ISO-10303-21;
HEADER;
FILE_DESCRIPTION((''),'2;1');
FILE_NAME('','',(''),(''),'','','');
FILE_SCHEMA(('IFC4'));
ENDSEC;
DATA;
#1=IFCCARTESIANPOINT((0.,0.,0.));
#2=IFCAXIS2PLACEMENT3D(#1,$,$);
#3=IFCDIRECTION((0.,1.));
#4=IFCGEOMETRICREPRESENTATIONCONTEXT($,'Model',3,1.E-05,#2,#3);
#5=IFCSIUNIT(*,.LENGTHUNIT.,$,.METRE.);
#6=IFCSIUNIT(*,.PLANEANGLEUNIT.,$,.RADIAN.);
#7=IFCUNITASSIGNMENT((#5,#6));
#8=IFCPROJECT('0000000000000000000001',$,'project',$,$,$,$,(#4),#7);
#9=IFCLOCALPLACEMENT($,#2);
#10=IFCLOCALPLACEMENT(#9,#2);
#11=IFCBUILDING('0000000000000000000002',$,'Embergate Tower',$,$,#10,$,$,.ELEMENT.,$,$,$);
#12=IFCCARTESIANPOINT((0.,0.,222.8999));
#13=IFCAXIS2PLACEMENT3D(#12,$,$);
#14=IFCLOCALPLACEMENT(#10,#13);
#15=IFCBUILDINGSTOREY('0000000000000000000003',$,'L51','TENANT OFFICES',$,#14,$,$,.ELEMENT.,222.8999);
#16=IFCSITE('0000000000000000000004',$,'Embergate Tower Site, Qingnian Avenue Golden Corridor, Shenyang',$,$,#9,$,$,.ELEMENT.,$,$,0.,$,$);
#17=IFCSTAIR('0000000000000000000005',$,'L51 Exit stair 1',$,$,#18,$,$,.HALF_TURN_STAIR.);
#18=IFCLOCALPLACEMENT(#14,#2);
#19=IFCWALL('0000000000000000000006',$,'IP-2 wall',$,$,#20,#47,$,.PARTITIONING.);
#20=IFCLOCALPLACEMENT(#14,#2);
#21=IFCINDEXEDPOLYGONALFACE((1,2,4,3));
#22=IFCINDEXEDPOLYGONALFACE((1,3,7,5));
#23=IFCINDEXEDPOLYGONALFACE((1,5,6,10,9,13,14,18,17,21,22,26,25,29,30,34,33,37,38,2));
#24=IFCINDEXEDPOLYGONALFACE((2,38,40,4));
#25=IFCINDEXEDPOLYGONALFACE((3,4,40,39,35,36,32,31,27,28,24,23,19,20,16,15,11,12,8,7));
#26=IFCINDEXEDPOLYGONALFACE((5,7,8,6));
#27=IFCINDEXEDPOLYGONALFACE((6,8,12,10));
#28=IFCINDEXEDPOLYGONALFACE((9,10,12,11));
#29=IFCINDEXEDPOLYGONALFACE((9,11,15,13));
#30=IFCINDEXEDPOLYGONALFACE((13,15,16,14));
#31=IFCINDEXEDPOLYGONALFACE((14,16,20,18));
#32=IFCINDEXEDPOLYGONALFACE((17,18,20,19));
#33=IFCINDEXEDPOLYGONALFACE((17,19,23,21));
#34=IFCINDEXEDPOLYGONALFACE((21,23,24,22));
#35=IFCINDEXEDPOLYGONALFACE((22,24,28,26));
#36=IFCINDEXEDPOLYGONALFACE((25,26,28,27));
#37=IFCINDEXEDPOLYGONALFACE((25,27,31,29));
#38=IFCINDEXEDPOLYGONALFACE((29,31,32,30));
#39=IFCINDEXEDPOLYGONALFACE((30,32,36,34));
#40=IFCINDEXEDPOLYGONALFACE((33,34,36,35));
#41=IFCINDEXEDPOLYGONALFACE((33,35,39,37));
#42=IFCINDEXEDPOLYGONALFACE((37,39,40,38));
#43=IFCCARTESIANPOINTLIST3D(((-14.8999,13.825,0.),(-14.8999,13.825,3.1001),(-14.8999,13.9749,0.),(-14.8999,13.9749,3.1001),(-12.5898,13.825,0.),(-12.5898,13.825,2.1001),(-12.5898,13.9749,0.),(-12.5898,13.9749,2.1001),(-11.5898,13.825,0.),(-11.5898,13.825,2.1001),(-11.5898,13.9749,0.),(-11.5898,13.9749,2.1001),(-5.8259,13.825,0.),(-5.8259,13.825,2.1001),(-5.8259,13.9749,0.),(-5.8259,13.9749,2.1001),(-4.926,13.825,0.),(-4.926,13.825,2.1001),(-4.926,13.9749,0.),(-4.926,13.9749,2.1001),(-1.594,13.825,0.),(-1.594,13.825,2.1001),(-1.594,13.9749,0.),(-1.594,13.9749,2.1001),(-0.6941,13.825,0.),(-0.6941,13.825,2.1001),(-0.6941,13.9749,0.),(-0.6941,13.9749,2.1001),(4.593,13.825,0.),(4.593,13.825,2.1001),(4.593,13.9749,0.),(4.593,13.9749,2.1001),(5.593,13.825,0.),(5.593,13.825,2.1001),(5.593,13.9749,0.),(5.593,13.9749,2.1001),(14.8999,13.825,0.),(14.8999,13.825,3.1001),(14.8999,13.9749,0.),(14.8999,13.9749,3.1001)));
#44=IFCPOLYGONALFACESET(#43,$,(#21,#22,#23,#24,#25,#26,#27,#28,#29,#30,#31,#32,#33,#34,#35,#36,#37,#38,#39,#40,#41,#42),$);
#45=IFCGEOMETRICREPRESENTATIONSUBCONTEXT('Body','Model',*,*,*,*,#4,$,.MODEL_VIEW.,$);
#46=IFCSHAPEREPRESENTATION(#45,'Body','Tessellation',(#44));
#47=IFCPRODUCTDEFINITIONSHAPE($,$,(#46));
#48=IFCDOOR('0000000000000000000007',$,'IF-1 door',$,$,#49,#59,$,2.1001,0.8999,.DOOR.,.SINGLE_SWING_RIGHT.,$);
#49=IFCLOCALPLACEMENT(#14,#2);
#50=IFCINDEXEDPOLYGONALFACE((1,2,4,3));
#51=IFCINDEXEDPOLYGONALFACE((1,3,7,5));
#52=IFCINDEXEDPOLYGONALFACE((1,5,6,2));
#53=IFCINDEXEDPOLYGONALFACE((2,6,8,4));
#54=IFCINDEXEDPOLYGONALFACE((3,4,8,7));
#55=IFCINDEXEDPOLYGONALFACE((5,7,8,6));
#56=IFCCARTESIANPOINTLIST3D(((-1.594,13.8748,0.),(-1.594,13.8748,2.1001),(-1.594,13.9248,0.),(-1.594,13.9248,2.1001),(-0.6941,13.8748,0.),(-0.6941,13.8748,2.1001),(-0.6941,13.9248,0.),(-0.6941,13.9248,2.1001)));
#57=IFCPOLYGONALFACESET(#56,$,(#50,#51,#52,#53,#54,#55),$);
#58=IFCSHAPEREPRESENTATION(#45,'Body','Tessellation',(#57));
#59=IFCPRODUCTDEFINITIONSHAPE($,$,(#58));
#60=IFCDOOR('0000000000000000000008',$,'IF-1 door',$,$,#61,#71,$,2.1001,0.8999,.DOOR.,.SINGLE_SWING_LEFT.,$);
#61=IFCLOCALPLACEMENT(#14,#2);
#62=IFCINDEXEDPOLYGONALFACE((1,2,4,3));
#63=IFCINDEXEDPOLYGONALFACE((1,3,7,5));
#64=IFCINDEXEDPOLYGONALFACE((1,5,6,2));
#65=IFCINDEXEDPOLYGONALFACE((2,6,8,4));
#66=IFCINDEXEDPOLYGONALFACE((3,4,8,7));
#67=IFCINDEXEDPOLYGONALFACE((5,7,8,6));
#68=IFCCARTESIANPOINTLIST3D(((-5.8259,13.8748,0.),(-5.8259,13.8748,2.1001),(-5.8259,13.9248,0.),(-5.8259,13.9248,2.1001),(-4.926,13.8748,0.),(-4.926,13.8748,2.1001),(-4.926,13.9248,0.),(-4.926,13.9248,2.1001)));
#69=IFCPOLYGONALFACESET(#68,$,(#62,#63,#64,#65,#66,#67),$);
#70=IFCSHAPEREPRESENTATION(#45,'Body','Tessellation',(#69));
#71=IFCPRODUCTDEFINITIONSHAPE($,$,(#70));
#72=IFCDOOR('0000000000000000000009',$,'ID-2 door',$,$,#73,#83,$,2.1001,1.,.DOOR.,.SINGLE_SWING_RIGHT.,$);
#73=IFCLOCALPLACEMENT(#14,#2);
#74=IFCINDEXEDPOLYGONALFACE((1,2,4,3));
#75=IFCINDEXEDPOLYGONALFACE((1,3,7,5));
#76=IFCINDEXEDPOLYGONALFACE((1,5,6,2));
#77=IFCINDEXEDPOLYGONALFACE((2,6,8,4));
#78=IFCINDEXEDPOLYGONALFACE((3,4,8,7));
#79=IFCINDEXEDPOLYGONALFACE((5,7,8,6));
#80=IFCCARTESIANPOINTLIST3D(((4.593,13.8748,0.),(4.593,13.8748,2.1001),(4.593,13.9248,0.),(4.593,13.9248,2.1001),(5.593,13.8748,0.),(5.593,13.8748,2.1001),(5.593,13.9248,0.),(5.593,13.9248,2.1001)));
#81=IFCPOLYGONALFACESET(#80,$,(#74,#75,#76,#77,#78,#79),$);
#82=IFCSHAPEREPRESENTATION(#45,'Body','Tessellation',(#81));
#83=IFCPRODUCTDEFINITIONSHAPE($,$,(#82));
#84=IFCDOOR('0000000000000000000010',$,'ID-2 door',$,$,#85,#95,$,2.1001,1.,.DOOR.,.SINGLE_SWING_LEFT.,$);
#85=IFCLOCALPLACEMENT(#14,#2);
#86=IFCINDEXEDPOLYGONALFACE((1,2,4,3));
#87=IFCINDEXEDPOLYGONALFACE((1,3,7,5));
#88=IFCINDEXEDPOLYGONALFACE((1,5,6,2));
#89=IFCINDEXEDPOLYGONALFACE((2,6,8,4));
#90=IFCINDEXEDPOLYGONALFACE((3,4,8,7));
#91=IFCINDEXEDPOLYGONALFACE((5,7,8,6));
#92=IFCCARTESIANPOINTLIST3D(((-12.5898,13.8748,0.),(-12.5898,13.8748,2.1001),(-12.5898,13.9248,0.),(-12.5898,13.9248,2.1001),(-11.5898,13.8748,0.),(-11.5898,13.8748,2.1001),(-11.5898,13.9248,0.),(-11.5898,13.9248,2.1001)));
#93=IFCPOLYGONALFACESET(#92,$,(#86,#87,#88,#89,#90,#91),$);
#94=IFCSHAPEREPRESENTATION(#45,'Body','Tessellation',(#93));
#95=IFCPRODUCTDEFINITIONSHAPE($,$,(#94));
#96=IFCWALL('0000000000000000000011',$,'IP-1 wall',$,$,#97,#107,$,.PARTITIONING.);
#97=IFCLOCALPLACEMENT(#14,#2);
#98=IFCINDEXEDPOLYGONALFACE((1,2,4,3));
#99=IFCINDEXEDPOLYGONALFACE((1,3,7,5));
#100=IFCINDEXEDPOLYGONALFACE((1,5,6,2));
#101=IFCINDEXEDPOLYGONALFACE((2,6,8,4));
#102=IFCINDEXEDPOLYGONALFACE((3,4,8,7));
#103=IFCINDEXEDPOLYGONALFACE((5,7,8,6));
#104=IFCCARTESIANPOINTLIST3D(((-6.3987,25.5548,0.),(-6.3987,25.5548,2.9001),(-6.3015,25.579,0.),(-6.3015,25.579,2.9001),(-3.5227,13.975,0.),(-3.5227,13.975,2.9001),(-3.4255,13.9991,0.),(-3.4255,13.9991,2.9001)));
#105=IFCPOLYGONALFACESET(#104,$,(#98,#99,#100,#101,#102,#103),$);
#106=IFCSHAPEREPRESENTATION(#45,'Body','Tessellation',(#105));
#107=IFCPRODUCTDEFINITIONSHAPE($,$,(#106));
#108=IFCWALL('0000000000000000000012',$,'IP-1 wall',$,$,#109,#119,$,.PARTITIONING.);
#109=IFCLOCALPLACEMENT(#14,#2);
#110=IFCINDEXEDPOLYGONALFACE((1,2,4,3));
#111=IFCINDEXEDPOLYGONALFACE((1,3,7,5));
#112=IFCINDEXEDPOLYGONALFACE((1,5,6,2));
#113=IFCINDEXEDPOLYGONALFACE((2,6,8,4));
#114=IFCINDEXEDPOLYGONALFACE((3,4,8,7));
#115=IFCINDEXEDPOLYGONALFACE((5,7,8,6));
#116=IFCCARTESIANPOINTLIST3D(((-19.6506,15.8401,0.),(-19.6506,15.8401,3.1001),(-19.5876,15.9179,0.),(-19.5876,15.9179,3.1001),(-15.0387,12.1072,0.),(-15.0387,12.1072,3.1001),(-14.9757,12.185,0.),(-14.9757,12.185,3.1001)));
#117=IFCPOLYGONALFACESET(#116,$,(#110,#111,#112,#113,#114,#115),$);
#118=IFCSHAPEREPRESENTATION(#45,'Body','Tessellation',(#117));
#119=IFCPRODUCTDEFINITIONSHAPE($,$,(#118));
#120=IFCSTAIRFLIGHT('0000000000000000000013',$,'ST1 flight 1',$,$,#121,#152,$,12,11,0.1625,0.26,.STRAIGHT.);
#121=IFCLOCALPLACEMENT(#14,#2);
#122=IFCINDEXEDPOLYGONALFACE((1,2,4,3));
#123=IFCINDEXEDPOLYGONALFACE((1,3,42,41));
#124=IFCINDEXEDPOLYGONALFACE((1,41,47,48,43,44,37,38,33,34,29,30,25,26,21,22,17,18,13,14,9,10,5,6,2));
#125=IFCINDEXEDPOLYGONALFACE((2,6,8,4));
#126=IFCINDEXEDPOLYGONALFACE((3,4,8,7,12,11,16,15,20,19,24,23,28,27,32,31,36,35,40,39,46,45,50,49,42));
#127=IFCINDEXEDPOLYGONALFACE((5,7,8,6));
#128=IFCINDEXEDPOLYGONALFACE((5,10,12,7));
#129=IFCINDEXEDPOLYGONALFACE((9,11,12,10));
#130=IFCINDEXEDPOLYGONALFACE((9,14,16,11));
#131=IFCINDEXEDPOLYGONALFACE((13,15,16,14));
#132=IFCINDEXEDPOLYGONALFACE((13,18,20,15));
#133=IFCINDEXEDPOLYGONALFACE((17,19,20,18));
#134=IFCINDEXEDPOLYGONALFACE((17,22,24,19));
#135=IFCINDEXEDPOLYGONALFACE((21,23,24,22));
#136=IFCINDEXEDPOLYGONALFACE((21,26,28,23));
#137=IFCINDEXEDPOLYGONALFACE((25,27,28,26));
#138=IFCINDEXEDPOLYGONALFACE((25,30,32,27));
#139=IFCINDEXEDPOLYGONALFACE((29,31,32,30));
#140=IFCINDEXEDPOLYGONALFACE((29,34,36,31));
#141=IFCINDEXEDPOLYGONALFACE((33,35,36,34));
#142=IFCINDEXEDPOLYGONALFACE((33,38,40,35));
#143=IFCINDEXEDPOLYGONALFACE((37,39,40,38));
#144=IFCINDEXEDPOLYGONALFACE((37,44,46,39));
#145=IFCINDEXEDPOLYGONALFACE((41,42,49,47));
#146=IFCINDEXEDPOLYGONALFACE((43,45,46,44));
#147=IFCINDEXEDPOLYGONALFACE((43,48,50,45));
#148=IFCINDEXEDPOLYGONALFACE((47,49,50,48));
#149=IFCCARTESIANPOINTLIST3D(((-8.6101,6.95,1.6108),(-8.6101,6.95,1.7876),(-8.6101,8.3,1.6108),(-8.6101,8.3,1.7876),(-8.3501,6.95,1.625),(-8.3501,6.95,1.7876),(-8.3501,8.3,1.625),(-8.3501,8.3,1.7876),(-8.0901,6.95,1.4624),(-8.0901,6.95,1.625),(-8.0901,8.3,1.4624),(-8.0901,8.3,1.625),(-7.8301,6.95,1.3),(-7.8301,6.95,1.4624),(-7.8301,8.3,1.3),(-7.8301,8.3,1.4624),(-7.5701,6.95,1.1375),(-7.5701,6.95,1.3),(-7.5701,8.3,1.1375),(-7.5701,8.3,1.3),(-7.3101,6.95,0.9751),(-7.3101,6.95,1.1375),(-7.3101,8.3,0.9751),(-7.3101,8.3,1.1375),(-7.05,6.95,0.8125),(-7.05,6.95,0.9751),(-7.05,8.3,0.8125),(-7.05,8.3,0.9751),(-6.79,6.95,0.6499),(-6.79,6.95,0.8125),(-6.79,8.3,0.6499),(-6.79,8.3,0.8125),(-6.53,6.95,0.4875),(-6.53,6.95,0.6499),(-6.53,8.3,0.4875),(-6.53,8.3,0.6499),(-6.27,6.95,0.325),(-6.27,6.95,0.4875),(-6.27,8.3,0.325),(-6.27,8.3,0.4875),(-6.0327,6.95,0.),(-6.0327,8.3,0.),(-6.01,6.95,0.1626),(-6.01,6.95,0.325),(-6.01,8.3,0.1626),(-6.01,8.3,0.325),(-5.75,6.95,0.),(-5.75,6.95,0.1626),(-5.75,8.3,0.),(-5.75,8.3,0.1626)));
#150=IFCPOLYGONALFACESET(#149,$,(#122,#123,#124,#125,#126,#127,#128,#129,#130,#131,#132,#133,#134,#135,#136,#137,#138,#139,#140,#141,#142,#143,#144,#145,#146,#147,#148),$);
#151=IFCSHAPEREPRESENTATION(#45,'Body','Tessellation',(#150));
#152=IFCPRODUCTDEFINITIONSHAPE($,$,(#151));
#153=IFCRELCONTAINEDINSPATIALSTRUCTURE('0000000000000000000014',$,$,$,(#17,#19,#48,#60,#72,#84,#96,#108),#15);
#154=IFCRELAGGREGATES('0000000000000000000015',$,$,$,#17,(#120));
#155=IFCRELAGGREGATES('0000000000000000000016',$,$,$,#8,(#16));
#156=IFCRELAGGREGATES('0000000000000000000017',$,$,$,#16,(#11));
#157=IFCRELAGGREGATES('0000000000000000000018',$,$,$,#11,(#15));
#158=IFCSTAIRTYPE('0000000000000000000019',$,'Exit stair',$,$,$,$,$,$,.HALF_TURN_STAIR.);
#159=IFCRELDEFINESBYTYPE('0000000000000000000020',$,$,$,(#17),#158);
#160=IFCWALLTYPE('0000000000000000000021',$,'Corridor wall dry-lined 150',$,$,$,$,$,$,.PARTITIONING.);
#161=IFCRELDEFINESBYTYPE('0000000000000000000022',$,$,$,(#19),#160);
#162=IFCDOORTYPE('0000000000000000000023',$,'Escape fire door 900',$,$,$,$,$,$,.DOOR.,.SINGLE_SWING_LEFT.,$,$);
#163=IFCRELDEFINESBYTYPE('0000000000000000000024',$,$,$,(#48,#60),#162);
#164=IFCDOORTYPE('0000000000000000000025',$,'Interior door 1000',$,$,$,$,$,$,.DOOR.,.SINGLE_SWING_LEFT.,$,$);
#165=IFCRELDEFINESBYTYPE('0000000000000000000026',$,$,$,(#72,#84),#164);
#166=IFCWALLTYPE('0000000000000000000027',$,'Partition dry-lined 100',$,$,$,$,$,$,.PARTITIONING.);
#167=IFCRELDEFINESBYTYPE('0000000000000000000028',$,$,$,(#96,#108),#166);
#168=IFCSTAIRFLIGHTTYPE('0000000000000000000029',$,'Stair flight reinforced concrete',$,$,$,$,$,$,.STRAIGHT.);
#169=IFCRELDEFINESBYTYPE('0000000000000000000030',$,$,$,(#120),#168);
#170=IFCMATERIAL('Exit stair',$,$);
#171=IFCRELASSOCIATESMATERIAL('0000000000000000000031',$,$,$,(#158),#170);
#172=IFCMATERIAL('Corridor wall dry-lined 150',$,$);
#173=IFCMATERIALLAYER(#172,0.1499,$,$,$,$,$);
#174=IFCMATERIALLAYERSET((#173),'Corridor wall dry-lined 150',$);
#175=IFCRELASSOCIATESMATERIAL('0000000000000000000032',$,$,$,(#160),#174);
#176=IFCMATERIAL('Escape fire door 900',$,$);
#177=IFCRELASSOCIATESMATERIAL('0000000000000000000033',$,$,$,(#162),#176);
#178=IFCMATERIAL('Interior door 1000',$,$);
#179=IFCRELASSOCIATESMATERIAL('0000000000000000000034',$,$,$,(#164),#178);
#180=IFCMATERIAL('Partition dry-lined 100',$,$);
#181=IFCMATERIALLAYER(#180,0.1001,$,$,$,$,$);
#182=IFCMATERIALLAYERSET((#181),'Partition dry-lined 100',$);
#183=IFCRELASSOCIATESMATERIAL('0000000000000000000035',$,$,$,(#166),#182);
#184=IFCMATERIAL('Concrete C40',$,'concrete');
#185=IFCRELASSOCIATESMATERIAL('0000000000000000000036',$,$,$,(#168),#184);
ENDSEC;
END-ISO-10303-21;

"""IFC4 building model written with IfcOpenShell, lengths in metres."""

from ifc_helpers import new_model, si_unit, direction, frame, frame_2d, origin, place, context, subcontext, project, spatial, polyline, rectangle, outline, extrude, source, transform, mapped, material, layer, layer_set, type_object, element, fill, aggregate, save


model = new_model("IFC4")

# Units and contexts
model_context = context("Model", 3, precision=1e-05, world=origin(), true_north=direction((0.0, 1.0)))
body_context = subcontext(model_context, "Body", "Model", "MODEL_VIEW")
ifc_project = project(units=[si_unit("LENGTHUNIT", "METRE"), si_unit("PLANEANGLEUNIT", "RADIAN")], contexts=[model_context])

# Site, building, storey
site_placement = place(None, origin())
site = spatial("IfcSite", under=ifc_project, at=site_placement, Name="Embergate Tower Site, Qingnian Avenue Golden Corridor, Shenyang", CompositionType="ELEMENT", RefElevation=0.0)
building_placement = place(site_placement, origin())
building = spatial("IfcBuilding", under=site, at=building_placement, Name="Embergate Tower", CompositionType="ELEMENT")
storey_placement = place(building_placement, frame((0.0, 0.0, 222.8999)))
storey = spatial("IfcBuildingStorey", under=building, at=storey_placement, Name="L51", Description="TENANT OFFICES", CompositionType="ELEMENT", Elevation=222.8999)

# Stair
ifc_material_1 = material(Name="Exit stair")
stair_type = type_object("IfcStairType", Name="Exit stair", PredefinedType="HALF_TURN_STAIR", material=ifc_material_1)
stair_placement = place(storey_placement, origin())
stair = element("IfcStair", 1, at=stair_placement, inside=storey, type_object=stair_type, Name="L51 Exit stair 1", PredefinedType="HALF_TURN_STAIR")
ifc_material_2 = material(Name="Concrete C40", Category="concrete")

# Wall, openings, doors
ifc_material_3 = material(Name="Corridor wall dry-lined 150")
ifc_layer_1 = layer(ifc_material_3, 0.1499)
ifc_layer_set_1 = layer_set([ifc_layer_1], Name="Corridor wall dry-lined 150")
wall_type_1 = type_object("IfcWallType", Name="Corridor wall dry-lined 150", PredefinedType="PARTITIONING", material=ifc_layer_set_1)
shared_shape_1 = source(origin(), body_context, "Body", "SweptSolid", [
    extrude(rectangle(XDim=29.7998, YDim=0.1499, at=frame_2d((14.8999, 0.0))), origin(), (0.0, 0.0, 1.0), 3.1001),
])
wall_1_placement = place(storey_placement, frame((-14.8999, 13.8999, 0.0), z_axis=(0.0, 0.0, 1.0), x_axis=(1.0, 0.0, 0.0)))
wall_1 = element("IfcWall", 2, at=wall_1_placement, inside=storey, type_object=wall_type_1, Name="IP-2 wall", PredefinedType="PARTITIONING", context=body_context, shape_type="MappedRepresentation", body=[
    mapped(shared_shape_1, transform((0.0, 0.0, 0.0))),
])
shared_shape_2 = source(origin(), body_context, "Body", "SweptSolid", [
    extrude(rectangle(XDim=1.0, YDim=2.1001, at=frame_2d((0.5, 1.05))), frame((0.0, 0.085, 0.0), z_axis=(0.0, -1.0, 0.0), x_axis=(1.0, 0.0, 0.0)), (0.0, 0.0, 1.0), 0.1699),
])
opening_1_placement = place(wall_1_placement, frame((19.4929, 0.0, 0.0)))
opening_1 = element("IfcOpeningElement", 3, at=opening_1_placement, cuts=wall_1, PredefinedType="OPENING", context=body_context, shape_type="MappedRepresentation", body=[
    mapped(shared_shape_2, transform((0.0, 0.0, 0.0))),
])
shared_shape_3 = source(origin(), body_context, "Body", "SweptSolid", [
    extrude(rectangle(XDim=0.8999, YDim=2.1001, at=frame_2d((0.45, 1.05))), frame((0.0, 0.085, 0.0), z_axis=(0.0, -1.0, 0.0), x_axis=(1.0, 0.0, 0.0)), (0.0, 0.0, 1.0), 0.1699),
])
opening_2_placement = place(wall_1_placement, frame((13.3059, 0.0, 0.0)))
opening_2 = element("IfcOpeningElement", 4, at=opening_2_placement, cuts=wall_1, PredefinedType="OPENING", context=body_context, shape_type="MappedRepresentation", body=[
    mapped(shared_shape_3, transform((0.0, 0.0, 0.0))),
])
opening_3_placement = place(wall_1_placement, frame((9.074, 0.0, 0.0)))
opening_3 = element("IfcOpeningElement", 5, at=opening_3_placement, cuts=wall_1, PredefinedType="OPENING", context=body_context, shape_type="MappedRepresentation", body=[
    mapped(shared_shape_3, transform((0.0, 0.0, 0.0))),
])
opening_4_placement = place(wall_1_placement, frame((2.3101, 0.0, 0.0)))
opening_4 = element("IfcOpeningElement", 6, at=opening_4_placement, cuts=wall_1, PredefinedType="OPENING", context=body_context, shape_type="MappedRepresentation", body=[
    mapped(shared_shape_2, transform((0.0, 0.0, 0.0))),
])
ifc_material_4 = material(Name="Escape fire door 900")
door_type_1 = type_object("IfcDoorType", Name="Escape fire door 900", OperationType="SINGLE_SWING_LEFT", PredefinedType="DOOR", material=ifc_material_4)
shared_shape_4 = source(origin(), body_context, "Body", "SweptSolid", [
    extrude(rectangle(XDim=0.8999, YDim=2.1001, at=frame_2d((0.45, 1.05))), frame((0.0, 0.0249, 0.0), z_axis=(0.0, -1.0, 0.0), x_axis=(1.0, 0.0, 0.0)), (0.0, 0.0, 1.0), 0.05),
])
door_1_placement = place(opening_2_placement, origin())
door_1 = element("IfcDoor", 7, at=door_1_placement, inside=storey, type_object=door_type_1, Name="IF-1 door", OperationType="SINGLE_SWING_RIGHT", OverallHeight=2.1001, OverallWidth=0.8999, PredefinedType="DOOR", context=body_context, shape_type="MappedRepresentation", body=[
    mapped(shared_shape_4, transform((0.0, 0.0, 0.0))),
])
fill(opening_2, door_1)
door_2_placement = place(opening_3_placement, origin())
door_2 = element("IfcDoor", 8, at=door_2_placement, inside=storey, type_object=door_type_1, Name="IF-1 door", OperationType="SINGLE_SWING_LEFT", OverallHeight=2.1001, OverallWidth=0.8999, PredefinedType="DOOR", context=body_context, shape_type="MappedRepresentation", body=[
    mapped(shared_shape_4, transform((0.0, 0.0, 0.0))),
])
fill(opening_3, door_2)
ifc_material_5 = material(Name="Interior door 1000")
door_type_2 = type_object("IfcDoorType", Name="Interior door 1000", OperationType="SINGLE_SWING_LEFT", PredefinedType="DOOR", material=ifc_material_5)
shared_shape_5 = source(origin(), body_context, "Body", "SweptSolid", [
    extrude(rectangle(XDim=1.0, YDim=2.1001, at=frame_2d((0.5, 1.05))), frame((0.0, 0.0249, 0.0), z_axis=(0.0, -1.0, 0.0), x_axis=(1.0, 0.0, 0.0)), (0.0, 0.0, 1.0), 0.05),
])
door_3_placement = place(opening_1_placement, origin())
door_3 = element("IfcDoor", 9, at=door_3_placement, inside=storey, type_object=door_type_2, Name="ID-2 door", OperationType="SINGLE_SWING_RIGHT", OverallHeight=2.1001, OverallWidth=1.0, PredefinedType="DOOR", context=body_context, shape_type="MappedRepresentation", body=[
    mapped(shared_shape_5, transform((0.0, 0.0, 0.0))),
])
fill(opening_1, door_3)
door_4_placement = place(opening_4_placement, origin())
door_4 = element("IfcDoor", 10, at=door_4_placement, inside=storey, type_object=door_type_2, Name="ID-2 door", OperationType="SINGLE_SWING_LEFT", OverallHeight=2.1001, OverallWidth=1.0, PredefinedType="DOOR", context=body_context, shape_type="MappedRepresentation", body=[
    mapped(shared_shape_5, transform((0.0, 0.0, 0.0))),
])
fill(opening_4, door_4)

# Walls
ifc_material_6 = material(Name="Partition dry-lined 100")
ifc_layer_2 = layer(ifc_material_6, 0.1001)
ifc_layer_set_2 = layer_set([ifc_layer_2], Name="Partition dry-lined 100")
wall_type_2 = type_object("IfcWallType", Name="Partition dry-lined 100", PredefinedType="PARTITIONING", material=ifc_layer_set_2)
shared_shape_6 = source(origin(), body_context, "Body", "SweptSolid", [
    extrude(rectangle(XDim=11.9316, YDim=0.1001, at=frame_2d((5.9658, 0.0))), origin(), (0.0, 0.0, 1.0), 2.9001),
])
wall_2_placement = place(storey_placement, frame((-3.4741, 13.9871, 0.0), z_axis=(0.0, 0.0, 1.0), x_axis=(-0.241038, 0.970516, 0.0)))
element("IfcWall", 11, at=wall_2_placement, inside=storey, type_object=wall_type_2, Name="IP-1 wall", PredefinedType="PARTITIONING", context=body_context, shape_type="MappedRepresentation", body=[
    mapped(shared_shape_6, transform((0.0, 0.0, 0.0))),
])
shared_shape_7 = source(origin(), body_context, "Body", "SweptSolid", [
    extrude(rectangle(XDim=5.9333, YDim=0.1001, at=frame_2d((2.9668, 0.0))), origin(), (0.0, 0.0, 1.0), 3.1001),
])
wall_3_placement = place(storey_placement, frame((-15.0071, 12.146, 0.0), z_axis=(0.0, 0.0, 1.0), x_axis=(-0.777283, 0.629151, 0.0)))
element("IfcWall", 12, at=wall_3_placement, inside=storey, type_object=wall_type_2, Name="IP-1 wall", PredefinedType="PARTITIONING", context=body_context, shape_type="MappedRepresentation", body=[
    mapped(shared_shape_7, transform((0.0, 0.0, 0.0))),
])

# Stair flight
stair_flight_type = type_object("IfcStairFlightType", Name="Stair flight reinforced concrete", PredefinedType="STRAIGHT", material=ifc_material_2)
shared_shape_8 = source(origin(), body_context, "Body", "SweptSolid", [
    extrude(outline(polyline([(0.0, 0.0), (0.0, 0.1626), (0.26, 0.1626), (0.26, 0.325), (0.52, 0.325), (0.52, 0.4875), (0.78, 0.4875), (0.78, 0.6499), (1.04, 0.6499), (1.04, 0.8125), (1.3, 0.8125), (1.3, 0.9751), (1.5601, 0.9751), (1.5601, 1.1375), (1.8201, 1.1375), (1.8201, 1.3), (2.0801, 1.3), (2.0801, 1.4624), (2.3401, 1.4624), (2.3401, 1.625), (2.6001, 1.625), (2.6001, 1.7876), (2.8601, 1.7876), (2.8601, 1.95), (2.8601, 1.6108), (0.2827, 0.0), (0.0, 0.0)])), frame((0.0, 0.675, 0.0), z_axis=(0.0, -1.0, 0.0), x_axis=(1.0, 0.0, 0.0)), (0.0, 0.0, 1.0), 1.3501),
])
stair_flight_1_placement = place(storey_placement, frame((-5.75, 7.625, 0.0), z_axis=(0.0, 0.0, 1.0), x_axis=(-1.0, 0.0, 0.0)))
stair_flight_1 = element("IfcStairFlight", 13, at=stair_flight_1_placement, type_object=stair_flight_type, Name="ST1 flight 1", NumberOfRisers=12, NumberOfTreads=11, PredefinedType="STRAIGHT", RiserHeight=0.1625, TreadLength=0.26, context=body_context, shape_type="MappedRepresentation", body=[
    mapped(shared_shape_8, transform((0.0, 0.0, 0.0))),
])
aggregate(stair, [stair_flight_1])

save(model, "model.ifc")
